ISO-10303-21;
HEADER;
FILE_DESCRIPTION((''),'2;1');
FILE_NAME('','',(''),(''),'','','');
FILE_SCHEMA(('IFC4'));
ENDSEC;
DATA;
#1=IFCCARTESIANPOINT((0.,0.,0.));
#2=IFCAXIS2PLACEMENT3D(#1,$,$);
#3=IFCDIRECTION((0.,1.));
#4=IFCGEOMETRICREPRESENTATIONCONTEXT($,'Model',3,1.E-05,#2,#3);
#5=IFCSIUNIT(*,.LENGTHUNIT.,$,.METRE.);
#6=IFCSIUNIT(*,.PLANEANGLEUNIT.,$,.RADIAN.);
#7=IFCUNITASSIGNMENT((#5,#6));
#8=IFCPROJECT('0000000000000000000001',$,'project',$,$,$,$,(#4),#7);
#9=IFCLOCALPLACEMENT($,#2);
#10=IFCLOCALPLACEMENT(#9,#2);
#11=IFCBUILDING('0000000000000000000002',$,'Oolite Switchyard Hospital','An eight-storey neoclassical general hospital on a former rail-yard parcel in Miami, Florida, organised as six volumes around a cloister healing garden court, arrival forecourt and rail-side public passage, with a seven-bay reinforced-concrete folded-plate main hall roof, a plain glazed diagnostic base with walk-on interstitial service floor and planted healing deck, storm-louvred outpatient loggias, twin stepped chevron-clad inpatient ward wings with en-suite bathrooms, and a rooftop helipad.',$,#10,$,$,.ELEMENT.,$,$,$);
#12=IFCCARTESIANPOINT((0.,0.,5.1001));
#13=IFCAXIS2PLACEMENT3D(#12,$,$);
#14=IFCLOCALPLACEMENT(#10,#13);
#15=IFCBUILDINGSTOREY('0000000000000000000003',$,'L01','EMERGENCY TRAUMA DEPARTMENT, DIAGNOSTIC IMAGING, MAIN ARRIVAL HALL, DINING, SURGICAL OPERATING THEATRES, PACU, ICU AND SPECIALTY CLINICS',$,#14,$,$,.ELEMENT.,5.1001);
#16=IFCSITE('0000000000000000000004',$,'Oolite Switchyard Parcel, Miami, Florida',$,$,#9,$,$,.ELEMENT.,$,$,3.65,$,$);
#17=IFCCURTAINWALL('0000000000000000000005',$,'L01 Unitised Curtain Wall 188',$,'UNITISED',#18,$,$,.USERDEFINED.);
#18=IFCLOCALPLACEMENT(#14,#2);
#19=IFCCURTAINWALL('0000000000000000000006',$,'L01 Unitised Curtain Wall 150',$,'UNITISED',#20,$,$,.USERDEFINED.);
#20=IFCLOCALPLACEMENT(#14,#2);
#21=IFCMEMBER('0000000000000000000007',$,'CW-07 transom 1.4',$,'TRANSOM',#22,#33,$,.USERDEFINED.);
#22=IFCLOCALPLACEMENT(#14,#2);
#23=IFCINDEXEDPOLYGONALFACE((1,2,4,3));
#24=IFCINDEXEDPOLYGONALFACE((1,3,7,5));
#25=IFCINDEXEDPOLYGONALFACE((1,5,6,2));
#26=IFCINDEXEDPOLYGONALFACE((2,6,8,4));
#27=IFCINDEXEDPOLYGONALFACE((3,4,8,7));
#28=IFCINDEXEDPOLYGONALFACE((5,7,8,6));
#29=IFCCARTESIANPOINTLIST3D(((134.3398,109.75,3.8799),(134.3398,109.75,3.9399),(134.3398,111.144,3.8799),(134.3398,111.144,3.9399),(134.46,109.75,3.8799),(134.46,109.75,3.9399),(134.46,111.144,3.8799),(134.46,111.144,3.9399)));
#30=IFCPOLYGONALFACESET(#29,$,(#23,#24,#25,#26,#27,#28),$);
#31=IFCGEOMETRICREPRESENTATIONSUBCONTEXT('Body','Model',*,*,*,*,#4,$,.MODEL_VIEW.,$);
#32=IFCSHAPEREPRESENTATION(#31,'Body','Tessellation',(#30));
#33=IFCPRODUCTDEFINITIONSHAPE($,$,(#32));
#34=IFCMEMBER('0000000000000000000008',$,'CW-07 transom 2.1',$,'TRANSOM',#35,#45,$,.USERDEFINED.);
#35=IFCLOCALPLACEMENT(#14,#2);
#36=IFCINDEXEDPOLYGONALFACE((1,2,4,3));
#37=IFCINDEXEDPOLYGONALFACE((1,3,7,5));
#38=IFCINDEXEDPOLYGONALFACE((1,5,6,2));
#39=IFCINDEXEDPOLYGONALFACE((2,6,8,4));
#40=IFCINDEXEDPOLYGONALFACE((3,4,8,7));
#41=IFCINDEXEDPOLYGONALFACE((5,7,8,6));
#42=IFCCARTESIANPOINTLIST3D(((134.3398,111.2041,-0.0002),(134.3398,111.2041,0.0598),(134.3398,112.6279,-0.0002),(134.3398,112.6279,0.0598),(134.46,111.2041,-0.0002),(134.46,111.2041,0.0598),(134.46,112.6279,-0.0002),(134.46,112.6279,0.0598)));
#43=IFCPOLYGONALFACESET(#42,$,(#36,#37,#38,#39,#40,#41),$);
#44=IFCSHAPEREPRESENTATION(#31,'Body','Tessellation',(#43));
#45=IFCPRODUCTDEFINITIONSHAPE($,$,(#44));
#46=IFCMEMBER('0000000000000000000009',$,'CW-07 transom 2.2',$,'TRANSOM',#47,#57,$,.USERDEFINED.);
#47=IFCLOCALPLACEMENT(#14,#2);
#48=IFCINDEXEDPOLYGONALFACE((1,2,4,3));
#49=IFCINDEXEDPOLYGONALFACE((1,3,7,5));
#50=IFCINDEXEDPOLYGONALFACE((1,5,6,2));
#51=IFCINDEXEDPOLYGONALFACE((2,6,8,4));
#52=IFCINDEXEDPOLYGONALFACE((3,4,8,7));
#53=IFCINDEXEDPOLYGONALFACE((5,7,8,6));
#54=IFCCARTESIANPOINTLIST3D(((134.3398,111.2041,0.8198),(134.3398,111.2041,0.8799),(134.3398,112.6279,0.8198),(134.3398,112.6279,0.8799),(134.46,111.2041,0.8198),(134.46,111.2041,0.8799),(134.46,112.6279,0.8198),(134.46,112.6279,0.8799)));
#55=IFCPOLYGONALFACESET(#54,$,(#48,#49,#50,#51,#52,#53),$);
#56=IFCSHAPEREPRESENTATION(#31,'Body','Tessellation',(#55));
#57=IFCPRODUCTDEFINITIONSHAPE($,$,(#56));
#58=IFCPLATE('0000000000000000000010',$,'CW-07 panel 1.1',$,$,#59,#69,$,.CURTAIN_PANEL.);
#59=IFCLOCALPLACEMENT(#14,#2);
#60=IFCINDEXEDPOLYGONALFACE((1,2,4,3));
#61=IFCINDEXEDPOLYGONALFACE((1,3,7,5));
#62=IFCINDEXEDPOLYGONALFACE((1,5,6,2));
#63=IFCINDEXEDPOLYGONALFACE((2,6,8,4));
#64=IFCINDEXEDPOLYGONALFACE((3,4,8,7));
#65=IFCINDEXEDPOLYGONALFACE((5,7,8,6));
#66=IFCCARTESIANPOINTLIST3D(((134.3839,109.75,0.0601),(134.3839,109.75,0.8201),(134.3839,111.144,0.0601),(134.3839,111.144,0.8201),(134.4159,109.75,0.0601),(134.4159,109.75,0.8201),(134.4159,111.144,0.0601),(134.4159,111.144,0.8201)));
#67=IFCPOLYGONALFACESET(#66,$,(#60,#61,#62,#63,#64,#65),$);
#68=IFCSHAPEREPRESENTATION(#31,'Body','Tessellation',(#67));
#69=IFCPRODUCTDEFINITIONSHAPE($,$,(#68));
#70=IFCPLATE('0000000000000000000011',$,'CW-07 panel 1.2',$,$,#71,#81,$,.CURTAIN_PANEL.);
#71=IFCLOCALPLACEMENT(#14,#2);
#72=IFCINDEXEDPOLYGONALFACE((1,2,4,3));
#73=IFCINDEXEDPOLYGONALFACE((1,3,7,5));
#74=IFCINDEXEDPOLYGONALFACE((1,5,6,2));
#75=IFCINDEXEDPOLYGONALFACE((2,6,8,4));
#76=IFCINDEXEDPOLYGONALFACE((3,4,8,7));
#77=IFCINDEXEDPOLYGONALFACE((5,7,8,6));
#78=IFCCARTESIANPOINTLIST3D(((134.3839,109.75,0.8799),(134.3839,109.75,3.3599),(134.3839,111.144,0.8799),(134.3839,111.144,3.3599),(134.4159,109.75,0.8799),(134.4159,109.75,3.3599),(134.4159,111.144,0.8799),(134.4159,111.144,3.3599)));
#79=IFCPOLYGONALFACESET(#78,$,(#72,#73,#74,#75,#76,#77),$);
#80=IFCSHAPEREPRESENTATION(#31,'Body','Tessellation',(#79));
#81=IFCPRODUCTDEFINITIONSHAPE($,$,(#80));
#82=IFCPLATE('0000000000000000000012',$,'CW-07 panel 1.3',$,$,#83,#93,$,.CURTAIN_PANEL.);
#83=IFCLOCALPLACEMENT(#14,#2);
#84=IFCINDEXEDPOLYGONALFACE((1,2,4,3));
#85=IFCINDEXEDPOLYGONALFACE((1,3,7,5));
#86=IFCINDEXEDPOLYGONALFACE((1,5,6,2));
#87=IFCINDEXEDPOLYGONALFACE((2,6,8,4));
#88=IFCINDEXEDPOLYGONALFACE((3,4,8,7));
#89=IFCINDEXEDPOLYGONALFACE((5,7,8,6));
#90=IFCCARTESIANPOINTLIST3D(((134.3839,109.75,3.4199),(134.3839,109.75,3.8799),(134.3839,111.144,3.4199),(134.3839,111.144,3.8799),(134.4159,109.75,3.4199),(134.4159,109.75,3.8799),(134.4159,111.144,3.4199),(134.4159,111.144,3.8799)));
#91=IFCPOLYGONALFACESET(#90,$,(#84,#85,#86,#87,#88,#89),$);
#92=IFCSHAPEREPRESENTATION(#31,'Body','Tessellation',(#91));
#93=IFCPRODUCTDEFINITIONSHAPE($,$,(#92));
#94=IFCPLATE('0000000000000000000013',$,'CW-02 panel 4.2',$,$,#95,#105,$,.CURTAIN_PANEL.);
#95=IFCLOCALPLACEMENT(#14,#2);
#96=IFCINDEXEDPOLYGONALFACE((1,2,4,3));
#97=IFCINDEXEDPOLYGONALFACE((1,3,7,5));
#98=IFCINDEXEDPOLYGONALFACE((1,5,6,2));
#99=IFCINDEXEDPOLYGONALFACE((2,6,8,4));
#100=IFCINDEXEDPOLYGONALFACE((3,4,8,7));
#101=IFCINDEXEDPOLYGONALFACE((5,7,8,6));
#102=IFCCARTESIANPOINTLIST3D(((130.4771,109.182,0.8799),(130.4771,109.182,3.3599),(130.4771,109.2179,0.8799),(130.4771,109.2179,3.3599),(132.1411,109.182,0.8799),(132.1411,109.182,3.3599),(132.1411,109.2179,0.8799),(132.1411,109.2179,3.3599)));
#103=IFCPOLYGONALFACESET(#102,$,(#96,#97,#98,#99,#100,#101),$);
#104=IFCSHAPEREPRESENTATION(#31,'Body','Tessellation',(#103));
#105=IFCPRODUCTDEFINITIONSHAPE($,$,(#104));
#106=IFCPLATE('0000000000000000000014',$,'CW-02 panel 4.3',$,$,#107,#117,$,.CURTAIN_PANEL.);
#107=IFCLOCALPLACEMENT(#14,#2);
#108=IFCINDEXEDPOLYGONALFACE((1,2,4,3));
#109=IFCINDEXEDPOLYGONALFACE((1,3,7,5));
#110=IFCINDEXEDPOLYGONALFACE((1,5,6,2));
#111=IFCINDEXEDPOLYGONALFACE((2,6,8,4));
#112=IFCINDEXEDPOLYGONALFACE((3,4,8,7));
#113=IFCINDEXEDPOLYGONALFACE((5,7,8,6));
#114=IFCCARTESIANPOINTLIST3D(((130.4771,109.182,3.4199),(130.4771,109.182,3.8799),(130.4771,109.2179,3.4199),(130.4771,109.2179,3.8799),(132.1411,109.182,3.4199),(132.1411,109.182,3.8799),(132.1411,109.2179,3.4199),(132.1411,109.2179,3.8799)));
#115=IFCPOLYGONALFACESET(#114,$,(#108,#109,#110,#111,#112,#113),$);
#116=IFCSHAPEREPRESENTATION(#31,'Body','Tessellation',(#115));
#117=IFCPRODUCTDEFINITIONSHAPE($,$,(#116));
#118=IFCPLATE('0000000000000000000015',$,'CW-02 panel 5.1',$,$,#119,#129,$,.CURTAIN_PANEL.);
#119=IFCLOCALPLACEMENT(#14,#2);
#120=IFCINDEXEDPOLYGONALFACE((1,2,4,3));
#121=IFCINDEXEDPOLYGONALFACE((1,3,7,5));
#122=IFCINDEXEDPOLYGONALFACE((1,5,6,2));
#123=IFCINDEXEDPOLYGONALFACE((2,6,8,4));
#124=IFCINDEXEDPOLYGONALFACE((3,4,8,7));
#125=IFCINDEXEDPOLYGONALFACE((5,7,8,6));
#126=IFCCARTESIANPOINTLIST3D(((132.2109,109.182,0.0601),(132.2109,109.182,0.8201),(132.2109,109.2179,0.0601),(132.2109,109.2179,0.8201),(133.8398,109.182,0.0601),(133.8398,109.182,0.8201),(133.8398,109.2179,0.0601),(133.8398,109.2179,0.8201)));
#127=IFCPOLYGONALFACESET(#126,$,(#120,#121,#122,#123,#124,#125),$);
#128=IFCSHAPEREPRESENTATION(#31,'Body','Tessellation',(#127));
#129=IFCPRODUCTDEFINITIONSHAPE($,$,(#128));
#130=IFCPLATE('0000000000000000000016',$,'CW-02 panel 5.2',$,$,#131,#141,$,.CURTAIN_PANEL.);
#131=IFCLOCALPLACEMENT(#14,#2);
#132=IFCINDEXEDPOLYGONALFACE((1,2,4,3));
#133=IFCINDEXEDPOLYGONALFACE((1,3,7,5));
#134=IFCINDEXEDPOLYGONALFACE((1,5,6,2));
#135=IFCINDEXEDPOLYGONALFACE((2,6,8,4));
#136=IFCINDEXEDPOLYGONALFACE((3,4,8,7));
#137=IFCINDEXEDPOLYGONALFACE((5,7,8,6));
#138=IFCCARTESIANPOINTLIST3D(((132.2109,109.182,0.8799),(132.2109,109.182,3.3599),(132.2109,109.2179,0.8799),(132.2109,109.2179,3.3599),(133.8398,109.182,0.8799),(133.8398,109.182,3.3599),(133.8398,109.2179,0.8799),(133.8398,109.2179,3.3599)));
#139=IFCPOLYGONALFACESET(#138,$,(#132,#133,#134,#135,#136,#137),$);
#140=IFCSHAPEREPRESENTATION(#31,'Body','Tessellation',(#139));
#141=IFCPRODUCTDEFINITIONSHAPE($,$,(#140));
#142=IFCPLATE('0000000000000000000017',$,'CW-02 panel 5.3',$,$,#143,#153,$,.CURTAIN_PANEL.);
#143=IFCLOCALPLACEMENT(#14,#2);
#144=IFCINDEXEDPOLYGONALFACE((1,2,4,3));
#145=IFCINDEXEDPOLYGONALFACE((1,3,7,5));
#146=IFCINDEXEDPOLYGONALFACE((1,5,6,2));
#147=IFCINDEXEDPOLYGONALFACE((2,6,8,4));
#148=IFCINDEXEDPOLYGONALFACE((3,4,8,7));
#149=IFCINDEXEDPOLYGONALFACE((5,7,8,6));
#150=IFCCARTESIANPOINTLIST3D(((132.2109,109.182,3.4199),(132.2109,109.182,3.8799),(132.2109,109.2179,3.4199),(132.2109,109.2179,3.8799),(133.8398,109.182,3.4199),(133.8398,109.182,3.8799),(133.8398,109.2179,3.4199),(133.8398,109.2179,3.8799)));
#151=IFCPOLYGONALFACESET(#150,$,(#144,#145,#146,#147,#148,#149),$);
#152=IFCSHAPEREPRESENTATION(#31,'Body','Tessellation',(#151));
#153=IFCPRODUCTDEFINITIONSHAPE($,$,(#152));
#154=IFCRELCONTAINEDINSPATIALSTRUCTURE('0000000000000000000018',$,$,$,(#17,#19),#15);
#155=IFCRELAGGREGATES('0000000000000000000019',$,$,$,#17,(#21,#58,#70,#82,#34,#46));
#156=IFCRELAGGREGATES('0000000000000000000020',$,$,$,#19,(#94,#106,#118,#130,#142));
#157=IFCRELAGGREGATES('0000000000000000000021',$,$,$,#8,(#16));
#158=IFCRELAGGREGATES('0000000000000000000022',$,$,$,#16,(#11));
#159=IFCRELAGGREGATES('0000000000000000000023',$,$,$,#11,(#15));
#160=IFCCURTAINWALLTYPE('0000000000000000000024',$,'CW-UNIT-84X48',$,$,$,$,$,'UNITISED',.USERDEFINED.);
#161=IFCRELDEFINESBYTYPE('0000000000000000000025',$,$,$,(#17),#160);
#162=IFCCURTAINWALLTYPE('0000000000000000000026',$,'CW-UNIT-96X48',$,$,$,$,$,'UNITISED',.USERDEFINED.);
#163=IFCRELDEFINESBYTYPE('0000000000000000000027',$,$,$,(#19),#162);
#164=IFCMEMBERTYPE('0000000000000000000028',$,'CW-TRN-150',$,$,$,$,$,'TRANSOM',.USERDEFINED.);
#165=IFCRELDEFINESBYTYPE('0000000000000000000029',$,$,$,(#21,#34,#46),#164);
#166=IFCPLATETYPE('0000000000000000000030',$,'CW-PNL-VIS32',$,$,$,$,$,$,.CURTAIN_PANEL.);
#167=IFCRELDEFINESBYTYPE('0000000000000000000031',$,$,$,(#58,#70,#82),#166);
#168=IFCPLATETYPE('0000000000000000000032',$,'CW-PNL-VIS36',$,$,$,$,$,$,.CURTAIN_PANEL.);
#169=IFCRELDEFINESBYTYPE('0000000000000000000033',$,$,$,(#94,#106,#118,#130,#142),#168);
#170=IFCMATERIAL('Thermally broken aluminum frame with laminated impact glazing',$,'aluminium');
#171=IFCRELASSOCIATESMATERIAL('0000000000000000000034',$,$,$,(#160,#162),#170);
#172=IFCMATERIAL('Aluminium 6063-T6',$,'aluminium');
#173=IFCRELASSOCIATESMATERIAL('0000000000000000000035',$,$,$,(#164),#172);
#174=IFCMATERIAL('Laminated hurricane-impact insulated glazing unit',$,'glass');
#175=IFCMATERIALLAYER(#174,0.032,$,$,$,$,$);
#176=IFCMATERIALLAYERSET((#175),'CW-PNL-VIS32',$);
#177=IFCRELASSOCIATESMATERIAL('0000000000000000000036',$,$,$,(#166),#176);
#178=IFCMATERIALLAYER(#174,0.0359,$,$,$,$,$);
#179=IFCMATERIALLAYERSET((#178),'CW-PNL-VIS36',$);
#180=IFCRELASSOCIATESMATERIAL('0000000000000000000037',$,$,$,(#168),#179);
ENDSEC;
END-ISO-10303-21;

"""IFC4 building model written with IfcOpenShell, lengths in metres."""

from ifc_helpers import new_model, si_unit, direction, frame, origin, origin_2d, place, context, subcontext, project, spatial, rectangle, extrude, material, layer, layer_set, material_profile, profile_set, type_object, element, aggregate, save


model = new_model("IFC4")

# Units and contexts
model_context = context("Model", 3, precision=1e-05, world=origin(), true_north=direction((0.0, 1.0)))
body_context = subcontext(model_context, "Body", "Model", "MODEL_VIEW")
ifc_project = project(units=[si_unit("LENGTHUNIT", "METRE"), si_unit("PLANEANGLEUNIT", "RADIAN")], contexts=[model_context])

# Site, building, storey
site_placement = place(None, origin())
site = spatial("IfcSite", under=ifc_project, at=site_placement, Name="Oolite Switchyard Parcel, Miami, Florida", CompositionType="ELEMENT", RefElevation=3.65)
building_placement = place(site_placement, origin())
building = spatial("IfcBuilding", under=site, at=building_placement, Name="Oolite Switchyard Hospital", Description="An eight-storey neoclassical general hospital on a former rail-yard parcel in Miami, Florida, organised as six volumes around a cloister healing garden court, arrival forecourt and rail-side public passage, with a seven-bay reinforced-concrete folded-plate main hall roof, a plain glazed diagnostic base with walk-on interstitial service floor and planted healing deck, storm-louvred outpatient loggias, twin stepped chevron-clad inpatient ward wings with en-suite bathrooms, and a rooftop helipad.", CompositionType="ELEMENT")
storey_placement = place(building_placement, frame((0.0, 0.0, 5.1001)))
storey = spatial("IfcBuildingStorey", under=building, at=storey_placement, Name="L01", Description="EMERGENCY TRAUMA DEPARTMENT, DIAGNOSTIC IMAGING, MAIN ARRIVAL HALL, DINING, SURGICAL OPERATING THEATRES, PACU, ICU AND SPECIALTY CLINICS", CompositionType="ELEMENT", Elevation=5.1001)

# Curtain walls
ifc_material_1 = material(Name="Thermally broken aluminum frame with laminated impact glazing", Category="aluminium")
curtain_wall_type_1 = type_object("IfcCurtainWallType", Name="CW-UNIT-84X48", ElementType="UNITISED", PredefinedType="USERDEFINED", material=ifc_material_1)
curtain_wall_1_placement = place(storey_placement, origin())
curtain_wall_1 = element("IfcCurtainWall", 1, at=curtain_wall_1_placement, inside=storey, type_object=curtain_wall_type_1, Name="L01 Unitised Curtain Wall 188", ObjectType="UNITISED", PredefinedType="USERDEFINED")
ifc_material_2 = material(Name="Aluminium 6063-T6", Category="aluminium")
curtain_wall_type_2 = type_object("IfcCurtainWallType", Name="CW-UNIT-96X48", ElementType="UNITISED", PredefinedType="USERDEFINED", material=ifc_material_1)
curtain_wall_2_placement = place(storey_placement, origin())
curtain_wall_2 = element("IfcCurtainWall", 2, at=curtain_wall_2_placement, inside=storey, type_object=curtain_wall_type_2, Name="L01 Unitised Curtain Wall 150", ObjectType="UNITISED", PredefinedType="USERDEFINED")
ifc_material_profile_1 = material_profile(ifc_material_2, rectangle(XDim=0.1201, YDim=0.0601, at=origin_2d()), Name="CWT60X120")
ifc_profile_set_1 = profile_set([ifc_material_profile_1], Name="Aluminium 6063-T6")
member_type_1 = type_object("IfcMemberType", Name="CW-TRN-150", ElementType="TRANSOM", PredefinedType="USERDEFINED", material=ifc_profile_set_1)

# Members
member_1_placement = place(storey_placement, frame((134.3999, 109.75, 3.9099), z_axis=(0.0, 1.0, 0.0), x_axis=(-1.0, 0.0, 0.0)))
member_1 = element("IfcMember", 3, at=member_1_placement, type_object=member_type_1, Name="CW-07 transom 1.4", ObjectType="TRANSOM", PredefinedType="USERDEFINED", context=body_context, shape_type="SweptSolid", body=[
    extrude(rectangle(XDim=0.1201, YDim=0.0601, at=origin_2d()), origin(), (0.0, 0.0, 1.0), 1.394),
])
member_2_placement = place(storey_placement, frame((134.3999, 111.2041, 0.0298), z_axis=(0.0, 1.0, 0.0), x_axis=(-1.0, 0.0, 0.0)))
member_2 = element("IfcMember", 4, at=member_2_placement, type_object=member_type_1, Name="CW-07 transom 2.1", ObjectType="TRANSOM", PredefinedType="USERDEFINED", context=body_context, shape_type="SweptSolid", body=[
    extrude(rectangle(XDim=0.1201, YDim=0.0601, at=origin_2d()), origin(), (0.0, 0.0, 1.0), 1.4238),
])
member_3_placement = place(storey_placement, frame((134.3999, 111.2041, 0.8499), z_axis=(0.0, 1.0, 0.0), x_axis=(-1.0, 0.0, 0.0)))
member_3 = element("IfcMember", 5, at=member_3_placement, type_object=member_type_1, Name="CW-07 transom 2.2", ObjectType="TRANSOM", PredefinedType="USERDEFINED", context=body_context, shape_type="SweptSolid", body=[
    extrude(rectangle(XDim=0.1201, YDim=0.0601, at=origin_2d()), origin(), (0.0, 0.0, 1.0), 1.4238),
])

# Plates
ifc_material_3 = material(Name="Laminated hurricane-impact insulated glazing unit", Category="glass")
ifc_layer_1 = layer(ifc_material_3, 0.032)
ifc_layer_set_1 = layer_set([ifc_layer_1], Name="CW-PNL-VIS32")
plate_type_1 = type_object("IfcPlateType", Name="CW-PNL-VIS32", PredefinedType="CURTAIN_PANEL", material=ifc_layer_set_1)
plate_1_placement = place(storey_placement, frame((134.3999, 110.447, 0.0601), z_axis=(0.0, 0.0, 1.0), x_axis=(0.0, 1.0, 0.0)))
plate_1 = element("IfcPlate", 6, at=plate_1_placement, type_object=plate_type_1, Name="CW-07 panel 1.1", PredefinedType="CURTAIN_PANEL", context=body_context, shape_type="SweptSolid", body=[
    extrude(rectangle(XDim=1.394, YDim=0.032, at=origin_2d()), origin(), (0.0, 0.0, 1.0), 0.76),
])
plate_2_placement = place(storey_placement, frame((134.3999, 110.447, 0.8799), z_axis=(0.0, 0.0, 1.0), x_axis=(0.0, 1.0, 0.0)))
plate_2 = element("IfcPlate", 7, at=plate_2_placement, type_object=plate_type_1, Name="CW-07 panel 1.2", PredefinedType="CURTAIN_PANEL", context=body_context, shape_type="SweptSolid", body=[
    extrude(rectangle(XDim=1.394, YDim=0.032, at=origin_2d()), origin(), (0.0, 0.0, 1.0), 2.48),
])
plate_3_placement = place(storey_placement, frame((134.3999, 110.447, 3.4199), z_axis=(0.0, 0.0, 1.0), x_axis=(0.0, 1.0, 0.0)))
plate_3 = element("IfcPlate", 8, at=plate_3_placement, type_object=plate_type_1, Name="CW-07 panel 1.3", PredefinedType="CURTAIN_PANEL", context=body_context, shape_type="SweptSolid", body=[
    extrude(rectangle(XDim=1.394, YDim=0.032, at=origin_2d()), origin(), (0.0, 0.0, 1.0), 0.46),
])
aggregate(curtain_wall_1, [member_1, plate_1, plate_2, plate_3, member_2, member_3])
ifc_layer_2 = layer(ifc_material_3, 0.0359)
ifc_layer_set_2 = layer_set([ifc_layer_2], Name="CW-PNL-VIS36")
plate_type_2 = type_object("IfcPlateType", Name="CW-PNL-VIS36", PredefinedType="CURTAIN_PANEL", material=ifc_layer_set_2)
plate_4_placement = place(storey_placement, frame((131.3091, 109.2, 0.8799), z_axis=(0.0, 0.0, 1.0), x_axis=(1.0, 0.0, 0.0)))
plate_4 = element("IfcPlate", 9, at=plate_4_placement, type_object=plate_type_2, Name="CW-02 panel 4.2", PredefinedType="CURTAIN_PANEL", context=body_context, shape_type="SweptSolid", body=[
    extrude(rectangle(XDim=1.6641, YDim=0.0359, at=origin_2d()), origin(), (0.0, 0.0, 1.0), 2.48),
])
plate_5_placement = place(storey_placement, frame((131.3091, 109.2, 3.4199), z_axis=(0.0, 0.0, 1.0), x_axis=(1.0, 0.0, 0.0)))
plate_5 = element("IfcPlate", 10, at=plate_5_placement, type_object=plate_type_2, Name="CW-02 panel 4.3", PredefinedType="CURTAIN_PANEL", context=body_context, shape_type="SweptSolid", body=[
    extrude(rectangle(XDim=1.6641, YDim=0.0359, at=origin_2d()), origin(), (0.0, 0.0, 1.0), 0.46),
])
plate_6_placement = place(storey_placement, frame((133.0254, 109.2, 0.0601), z_axis=(0.0, 0.0, 1.0), x_axis=(1.0, 0.0, 0.0)))
plate_6 = element("IfcPlate", 11, at=plate_6_placement, type_object=plate_type_2, Name="CW-02 panel 5.1", PredefinedType="CURTAIN_PANEL", context=body_context, shape_type="SweptSolid", body=[
    extrude(rectangle(XDim=1.6289, YDim=0.0359, at=origin_2d()), origin(), (0.0, 0.0, 1.0), 0.76),
])
plate_7_placement = place(storey_placement, frame((133.0254, 109.2, 0.8799), z_axis=(0.0, 0.0, 1.0), x_axis=(1.0, 0.0, 0.0)))
plate_7 = element("IfcPlate", 12, at=plate_7_placement, type_object=plate_type_2, Name="CW-02 panel 5.2", PredefinedType="CURTAIN_PANEL", context=body_context, shape_type="SweptSolid", body=[
    extrude(rectangle(XDim=1.6289, YDim=0.0359, at=origin_2d()), origin(), (0.0, 0.0, 1.0), 2.48),
])
plate_8_placement = place(storey_placement, frame((133.0254, 109.2, 3.4199), z_axis=(0.0, 0.0, 1.0), x_axis=(1.0, 0.0, 0.0)))
plate_8 = element("IfcPlate", 13, at=plate_8_placement, type_object=plate_type_2, Name="CW-02 panel 5.3", PredefinedType="CURTAIN_PANEL", context=body_context, shape_type="SweptSolid", body=[
    extrude(rectangle(XDim=1.6289, YDim=0.0359, at=origin_2d()), origin(), (0.0, 0.0, 1.0), 0.46),
])
aggregate(curtain_wall_2, [plate_4, plate_5, plate_6, plate_7, plate_8])

save(model, "model.ifc")
